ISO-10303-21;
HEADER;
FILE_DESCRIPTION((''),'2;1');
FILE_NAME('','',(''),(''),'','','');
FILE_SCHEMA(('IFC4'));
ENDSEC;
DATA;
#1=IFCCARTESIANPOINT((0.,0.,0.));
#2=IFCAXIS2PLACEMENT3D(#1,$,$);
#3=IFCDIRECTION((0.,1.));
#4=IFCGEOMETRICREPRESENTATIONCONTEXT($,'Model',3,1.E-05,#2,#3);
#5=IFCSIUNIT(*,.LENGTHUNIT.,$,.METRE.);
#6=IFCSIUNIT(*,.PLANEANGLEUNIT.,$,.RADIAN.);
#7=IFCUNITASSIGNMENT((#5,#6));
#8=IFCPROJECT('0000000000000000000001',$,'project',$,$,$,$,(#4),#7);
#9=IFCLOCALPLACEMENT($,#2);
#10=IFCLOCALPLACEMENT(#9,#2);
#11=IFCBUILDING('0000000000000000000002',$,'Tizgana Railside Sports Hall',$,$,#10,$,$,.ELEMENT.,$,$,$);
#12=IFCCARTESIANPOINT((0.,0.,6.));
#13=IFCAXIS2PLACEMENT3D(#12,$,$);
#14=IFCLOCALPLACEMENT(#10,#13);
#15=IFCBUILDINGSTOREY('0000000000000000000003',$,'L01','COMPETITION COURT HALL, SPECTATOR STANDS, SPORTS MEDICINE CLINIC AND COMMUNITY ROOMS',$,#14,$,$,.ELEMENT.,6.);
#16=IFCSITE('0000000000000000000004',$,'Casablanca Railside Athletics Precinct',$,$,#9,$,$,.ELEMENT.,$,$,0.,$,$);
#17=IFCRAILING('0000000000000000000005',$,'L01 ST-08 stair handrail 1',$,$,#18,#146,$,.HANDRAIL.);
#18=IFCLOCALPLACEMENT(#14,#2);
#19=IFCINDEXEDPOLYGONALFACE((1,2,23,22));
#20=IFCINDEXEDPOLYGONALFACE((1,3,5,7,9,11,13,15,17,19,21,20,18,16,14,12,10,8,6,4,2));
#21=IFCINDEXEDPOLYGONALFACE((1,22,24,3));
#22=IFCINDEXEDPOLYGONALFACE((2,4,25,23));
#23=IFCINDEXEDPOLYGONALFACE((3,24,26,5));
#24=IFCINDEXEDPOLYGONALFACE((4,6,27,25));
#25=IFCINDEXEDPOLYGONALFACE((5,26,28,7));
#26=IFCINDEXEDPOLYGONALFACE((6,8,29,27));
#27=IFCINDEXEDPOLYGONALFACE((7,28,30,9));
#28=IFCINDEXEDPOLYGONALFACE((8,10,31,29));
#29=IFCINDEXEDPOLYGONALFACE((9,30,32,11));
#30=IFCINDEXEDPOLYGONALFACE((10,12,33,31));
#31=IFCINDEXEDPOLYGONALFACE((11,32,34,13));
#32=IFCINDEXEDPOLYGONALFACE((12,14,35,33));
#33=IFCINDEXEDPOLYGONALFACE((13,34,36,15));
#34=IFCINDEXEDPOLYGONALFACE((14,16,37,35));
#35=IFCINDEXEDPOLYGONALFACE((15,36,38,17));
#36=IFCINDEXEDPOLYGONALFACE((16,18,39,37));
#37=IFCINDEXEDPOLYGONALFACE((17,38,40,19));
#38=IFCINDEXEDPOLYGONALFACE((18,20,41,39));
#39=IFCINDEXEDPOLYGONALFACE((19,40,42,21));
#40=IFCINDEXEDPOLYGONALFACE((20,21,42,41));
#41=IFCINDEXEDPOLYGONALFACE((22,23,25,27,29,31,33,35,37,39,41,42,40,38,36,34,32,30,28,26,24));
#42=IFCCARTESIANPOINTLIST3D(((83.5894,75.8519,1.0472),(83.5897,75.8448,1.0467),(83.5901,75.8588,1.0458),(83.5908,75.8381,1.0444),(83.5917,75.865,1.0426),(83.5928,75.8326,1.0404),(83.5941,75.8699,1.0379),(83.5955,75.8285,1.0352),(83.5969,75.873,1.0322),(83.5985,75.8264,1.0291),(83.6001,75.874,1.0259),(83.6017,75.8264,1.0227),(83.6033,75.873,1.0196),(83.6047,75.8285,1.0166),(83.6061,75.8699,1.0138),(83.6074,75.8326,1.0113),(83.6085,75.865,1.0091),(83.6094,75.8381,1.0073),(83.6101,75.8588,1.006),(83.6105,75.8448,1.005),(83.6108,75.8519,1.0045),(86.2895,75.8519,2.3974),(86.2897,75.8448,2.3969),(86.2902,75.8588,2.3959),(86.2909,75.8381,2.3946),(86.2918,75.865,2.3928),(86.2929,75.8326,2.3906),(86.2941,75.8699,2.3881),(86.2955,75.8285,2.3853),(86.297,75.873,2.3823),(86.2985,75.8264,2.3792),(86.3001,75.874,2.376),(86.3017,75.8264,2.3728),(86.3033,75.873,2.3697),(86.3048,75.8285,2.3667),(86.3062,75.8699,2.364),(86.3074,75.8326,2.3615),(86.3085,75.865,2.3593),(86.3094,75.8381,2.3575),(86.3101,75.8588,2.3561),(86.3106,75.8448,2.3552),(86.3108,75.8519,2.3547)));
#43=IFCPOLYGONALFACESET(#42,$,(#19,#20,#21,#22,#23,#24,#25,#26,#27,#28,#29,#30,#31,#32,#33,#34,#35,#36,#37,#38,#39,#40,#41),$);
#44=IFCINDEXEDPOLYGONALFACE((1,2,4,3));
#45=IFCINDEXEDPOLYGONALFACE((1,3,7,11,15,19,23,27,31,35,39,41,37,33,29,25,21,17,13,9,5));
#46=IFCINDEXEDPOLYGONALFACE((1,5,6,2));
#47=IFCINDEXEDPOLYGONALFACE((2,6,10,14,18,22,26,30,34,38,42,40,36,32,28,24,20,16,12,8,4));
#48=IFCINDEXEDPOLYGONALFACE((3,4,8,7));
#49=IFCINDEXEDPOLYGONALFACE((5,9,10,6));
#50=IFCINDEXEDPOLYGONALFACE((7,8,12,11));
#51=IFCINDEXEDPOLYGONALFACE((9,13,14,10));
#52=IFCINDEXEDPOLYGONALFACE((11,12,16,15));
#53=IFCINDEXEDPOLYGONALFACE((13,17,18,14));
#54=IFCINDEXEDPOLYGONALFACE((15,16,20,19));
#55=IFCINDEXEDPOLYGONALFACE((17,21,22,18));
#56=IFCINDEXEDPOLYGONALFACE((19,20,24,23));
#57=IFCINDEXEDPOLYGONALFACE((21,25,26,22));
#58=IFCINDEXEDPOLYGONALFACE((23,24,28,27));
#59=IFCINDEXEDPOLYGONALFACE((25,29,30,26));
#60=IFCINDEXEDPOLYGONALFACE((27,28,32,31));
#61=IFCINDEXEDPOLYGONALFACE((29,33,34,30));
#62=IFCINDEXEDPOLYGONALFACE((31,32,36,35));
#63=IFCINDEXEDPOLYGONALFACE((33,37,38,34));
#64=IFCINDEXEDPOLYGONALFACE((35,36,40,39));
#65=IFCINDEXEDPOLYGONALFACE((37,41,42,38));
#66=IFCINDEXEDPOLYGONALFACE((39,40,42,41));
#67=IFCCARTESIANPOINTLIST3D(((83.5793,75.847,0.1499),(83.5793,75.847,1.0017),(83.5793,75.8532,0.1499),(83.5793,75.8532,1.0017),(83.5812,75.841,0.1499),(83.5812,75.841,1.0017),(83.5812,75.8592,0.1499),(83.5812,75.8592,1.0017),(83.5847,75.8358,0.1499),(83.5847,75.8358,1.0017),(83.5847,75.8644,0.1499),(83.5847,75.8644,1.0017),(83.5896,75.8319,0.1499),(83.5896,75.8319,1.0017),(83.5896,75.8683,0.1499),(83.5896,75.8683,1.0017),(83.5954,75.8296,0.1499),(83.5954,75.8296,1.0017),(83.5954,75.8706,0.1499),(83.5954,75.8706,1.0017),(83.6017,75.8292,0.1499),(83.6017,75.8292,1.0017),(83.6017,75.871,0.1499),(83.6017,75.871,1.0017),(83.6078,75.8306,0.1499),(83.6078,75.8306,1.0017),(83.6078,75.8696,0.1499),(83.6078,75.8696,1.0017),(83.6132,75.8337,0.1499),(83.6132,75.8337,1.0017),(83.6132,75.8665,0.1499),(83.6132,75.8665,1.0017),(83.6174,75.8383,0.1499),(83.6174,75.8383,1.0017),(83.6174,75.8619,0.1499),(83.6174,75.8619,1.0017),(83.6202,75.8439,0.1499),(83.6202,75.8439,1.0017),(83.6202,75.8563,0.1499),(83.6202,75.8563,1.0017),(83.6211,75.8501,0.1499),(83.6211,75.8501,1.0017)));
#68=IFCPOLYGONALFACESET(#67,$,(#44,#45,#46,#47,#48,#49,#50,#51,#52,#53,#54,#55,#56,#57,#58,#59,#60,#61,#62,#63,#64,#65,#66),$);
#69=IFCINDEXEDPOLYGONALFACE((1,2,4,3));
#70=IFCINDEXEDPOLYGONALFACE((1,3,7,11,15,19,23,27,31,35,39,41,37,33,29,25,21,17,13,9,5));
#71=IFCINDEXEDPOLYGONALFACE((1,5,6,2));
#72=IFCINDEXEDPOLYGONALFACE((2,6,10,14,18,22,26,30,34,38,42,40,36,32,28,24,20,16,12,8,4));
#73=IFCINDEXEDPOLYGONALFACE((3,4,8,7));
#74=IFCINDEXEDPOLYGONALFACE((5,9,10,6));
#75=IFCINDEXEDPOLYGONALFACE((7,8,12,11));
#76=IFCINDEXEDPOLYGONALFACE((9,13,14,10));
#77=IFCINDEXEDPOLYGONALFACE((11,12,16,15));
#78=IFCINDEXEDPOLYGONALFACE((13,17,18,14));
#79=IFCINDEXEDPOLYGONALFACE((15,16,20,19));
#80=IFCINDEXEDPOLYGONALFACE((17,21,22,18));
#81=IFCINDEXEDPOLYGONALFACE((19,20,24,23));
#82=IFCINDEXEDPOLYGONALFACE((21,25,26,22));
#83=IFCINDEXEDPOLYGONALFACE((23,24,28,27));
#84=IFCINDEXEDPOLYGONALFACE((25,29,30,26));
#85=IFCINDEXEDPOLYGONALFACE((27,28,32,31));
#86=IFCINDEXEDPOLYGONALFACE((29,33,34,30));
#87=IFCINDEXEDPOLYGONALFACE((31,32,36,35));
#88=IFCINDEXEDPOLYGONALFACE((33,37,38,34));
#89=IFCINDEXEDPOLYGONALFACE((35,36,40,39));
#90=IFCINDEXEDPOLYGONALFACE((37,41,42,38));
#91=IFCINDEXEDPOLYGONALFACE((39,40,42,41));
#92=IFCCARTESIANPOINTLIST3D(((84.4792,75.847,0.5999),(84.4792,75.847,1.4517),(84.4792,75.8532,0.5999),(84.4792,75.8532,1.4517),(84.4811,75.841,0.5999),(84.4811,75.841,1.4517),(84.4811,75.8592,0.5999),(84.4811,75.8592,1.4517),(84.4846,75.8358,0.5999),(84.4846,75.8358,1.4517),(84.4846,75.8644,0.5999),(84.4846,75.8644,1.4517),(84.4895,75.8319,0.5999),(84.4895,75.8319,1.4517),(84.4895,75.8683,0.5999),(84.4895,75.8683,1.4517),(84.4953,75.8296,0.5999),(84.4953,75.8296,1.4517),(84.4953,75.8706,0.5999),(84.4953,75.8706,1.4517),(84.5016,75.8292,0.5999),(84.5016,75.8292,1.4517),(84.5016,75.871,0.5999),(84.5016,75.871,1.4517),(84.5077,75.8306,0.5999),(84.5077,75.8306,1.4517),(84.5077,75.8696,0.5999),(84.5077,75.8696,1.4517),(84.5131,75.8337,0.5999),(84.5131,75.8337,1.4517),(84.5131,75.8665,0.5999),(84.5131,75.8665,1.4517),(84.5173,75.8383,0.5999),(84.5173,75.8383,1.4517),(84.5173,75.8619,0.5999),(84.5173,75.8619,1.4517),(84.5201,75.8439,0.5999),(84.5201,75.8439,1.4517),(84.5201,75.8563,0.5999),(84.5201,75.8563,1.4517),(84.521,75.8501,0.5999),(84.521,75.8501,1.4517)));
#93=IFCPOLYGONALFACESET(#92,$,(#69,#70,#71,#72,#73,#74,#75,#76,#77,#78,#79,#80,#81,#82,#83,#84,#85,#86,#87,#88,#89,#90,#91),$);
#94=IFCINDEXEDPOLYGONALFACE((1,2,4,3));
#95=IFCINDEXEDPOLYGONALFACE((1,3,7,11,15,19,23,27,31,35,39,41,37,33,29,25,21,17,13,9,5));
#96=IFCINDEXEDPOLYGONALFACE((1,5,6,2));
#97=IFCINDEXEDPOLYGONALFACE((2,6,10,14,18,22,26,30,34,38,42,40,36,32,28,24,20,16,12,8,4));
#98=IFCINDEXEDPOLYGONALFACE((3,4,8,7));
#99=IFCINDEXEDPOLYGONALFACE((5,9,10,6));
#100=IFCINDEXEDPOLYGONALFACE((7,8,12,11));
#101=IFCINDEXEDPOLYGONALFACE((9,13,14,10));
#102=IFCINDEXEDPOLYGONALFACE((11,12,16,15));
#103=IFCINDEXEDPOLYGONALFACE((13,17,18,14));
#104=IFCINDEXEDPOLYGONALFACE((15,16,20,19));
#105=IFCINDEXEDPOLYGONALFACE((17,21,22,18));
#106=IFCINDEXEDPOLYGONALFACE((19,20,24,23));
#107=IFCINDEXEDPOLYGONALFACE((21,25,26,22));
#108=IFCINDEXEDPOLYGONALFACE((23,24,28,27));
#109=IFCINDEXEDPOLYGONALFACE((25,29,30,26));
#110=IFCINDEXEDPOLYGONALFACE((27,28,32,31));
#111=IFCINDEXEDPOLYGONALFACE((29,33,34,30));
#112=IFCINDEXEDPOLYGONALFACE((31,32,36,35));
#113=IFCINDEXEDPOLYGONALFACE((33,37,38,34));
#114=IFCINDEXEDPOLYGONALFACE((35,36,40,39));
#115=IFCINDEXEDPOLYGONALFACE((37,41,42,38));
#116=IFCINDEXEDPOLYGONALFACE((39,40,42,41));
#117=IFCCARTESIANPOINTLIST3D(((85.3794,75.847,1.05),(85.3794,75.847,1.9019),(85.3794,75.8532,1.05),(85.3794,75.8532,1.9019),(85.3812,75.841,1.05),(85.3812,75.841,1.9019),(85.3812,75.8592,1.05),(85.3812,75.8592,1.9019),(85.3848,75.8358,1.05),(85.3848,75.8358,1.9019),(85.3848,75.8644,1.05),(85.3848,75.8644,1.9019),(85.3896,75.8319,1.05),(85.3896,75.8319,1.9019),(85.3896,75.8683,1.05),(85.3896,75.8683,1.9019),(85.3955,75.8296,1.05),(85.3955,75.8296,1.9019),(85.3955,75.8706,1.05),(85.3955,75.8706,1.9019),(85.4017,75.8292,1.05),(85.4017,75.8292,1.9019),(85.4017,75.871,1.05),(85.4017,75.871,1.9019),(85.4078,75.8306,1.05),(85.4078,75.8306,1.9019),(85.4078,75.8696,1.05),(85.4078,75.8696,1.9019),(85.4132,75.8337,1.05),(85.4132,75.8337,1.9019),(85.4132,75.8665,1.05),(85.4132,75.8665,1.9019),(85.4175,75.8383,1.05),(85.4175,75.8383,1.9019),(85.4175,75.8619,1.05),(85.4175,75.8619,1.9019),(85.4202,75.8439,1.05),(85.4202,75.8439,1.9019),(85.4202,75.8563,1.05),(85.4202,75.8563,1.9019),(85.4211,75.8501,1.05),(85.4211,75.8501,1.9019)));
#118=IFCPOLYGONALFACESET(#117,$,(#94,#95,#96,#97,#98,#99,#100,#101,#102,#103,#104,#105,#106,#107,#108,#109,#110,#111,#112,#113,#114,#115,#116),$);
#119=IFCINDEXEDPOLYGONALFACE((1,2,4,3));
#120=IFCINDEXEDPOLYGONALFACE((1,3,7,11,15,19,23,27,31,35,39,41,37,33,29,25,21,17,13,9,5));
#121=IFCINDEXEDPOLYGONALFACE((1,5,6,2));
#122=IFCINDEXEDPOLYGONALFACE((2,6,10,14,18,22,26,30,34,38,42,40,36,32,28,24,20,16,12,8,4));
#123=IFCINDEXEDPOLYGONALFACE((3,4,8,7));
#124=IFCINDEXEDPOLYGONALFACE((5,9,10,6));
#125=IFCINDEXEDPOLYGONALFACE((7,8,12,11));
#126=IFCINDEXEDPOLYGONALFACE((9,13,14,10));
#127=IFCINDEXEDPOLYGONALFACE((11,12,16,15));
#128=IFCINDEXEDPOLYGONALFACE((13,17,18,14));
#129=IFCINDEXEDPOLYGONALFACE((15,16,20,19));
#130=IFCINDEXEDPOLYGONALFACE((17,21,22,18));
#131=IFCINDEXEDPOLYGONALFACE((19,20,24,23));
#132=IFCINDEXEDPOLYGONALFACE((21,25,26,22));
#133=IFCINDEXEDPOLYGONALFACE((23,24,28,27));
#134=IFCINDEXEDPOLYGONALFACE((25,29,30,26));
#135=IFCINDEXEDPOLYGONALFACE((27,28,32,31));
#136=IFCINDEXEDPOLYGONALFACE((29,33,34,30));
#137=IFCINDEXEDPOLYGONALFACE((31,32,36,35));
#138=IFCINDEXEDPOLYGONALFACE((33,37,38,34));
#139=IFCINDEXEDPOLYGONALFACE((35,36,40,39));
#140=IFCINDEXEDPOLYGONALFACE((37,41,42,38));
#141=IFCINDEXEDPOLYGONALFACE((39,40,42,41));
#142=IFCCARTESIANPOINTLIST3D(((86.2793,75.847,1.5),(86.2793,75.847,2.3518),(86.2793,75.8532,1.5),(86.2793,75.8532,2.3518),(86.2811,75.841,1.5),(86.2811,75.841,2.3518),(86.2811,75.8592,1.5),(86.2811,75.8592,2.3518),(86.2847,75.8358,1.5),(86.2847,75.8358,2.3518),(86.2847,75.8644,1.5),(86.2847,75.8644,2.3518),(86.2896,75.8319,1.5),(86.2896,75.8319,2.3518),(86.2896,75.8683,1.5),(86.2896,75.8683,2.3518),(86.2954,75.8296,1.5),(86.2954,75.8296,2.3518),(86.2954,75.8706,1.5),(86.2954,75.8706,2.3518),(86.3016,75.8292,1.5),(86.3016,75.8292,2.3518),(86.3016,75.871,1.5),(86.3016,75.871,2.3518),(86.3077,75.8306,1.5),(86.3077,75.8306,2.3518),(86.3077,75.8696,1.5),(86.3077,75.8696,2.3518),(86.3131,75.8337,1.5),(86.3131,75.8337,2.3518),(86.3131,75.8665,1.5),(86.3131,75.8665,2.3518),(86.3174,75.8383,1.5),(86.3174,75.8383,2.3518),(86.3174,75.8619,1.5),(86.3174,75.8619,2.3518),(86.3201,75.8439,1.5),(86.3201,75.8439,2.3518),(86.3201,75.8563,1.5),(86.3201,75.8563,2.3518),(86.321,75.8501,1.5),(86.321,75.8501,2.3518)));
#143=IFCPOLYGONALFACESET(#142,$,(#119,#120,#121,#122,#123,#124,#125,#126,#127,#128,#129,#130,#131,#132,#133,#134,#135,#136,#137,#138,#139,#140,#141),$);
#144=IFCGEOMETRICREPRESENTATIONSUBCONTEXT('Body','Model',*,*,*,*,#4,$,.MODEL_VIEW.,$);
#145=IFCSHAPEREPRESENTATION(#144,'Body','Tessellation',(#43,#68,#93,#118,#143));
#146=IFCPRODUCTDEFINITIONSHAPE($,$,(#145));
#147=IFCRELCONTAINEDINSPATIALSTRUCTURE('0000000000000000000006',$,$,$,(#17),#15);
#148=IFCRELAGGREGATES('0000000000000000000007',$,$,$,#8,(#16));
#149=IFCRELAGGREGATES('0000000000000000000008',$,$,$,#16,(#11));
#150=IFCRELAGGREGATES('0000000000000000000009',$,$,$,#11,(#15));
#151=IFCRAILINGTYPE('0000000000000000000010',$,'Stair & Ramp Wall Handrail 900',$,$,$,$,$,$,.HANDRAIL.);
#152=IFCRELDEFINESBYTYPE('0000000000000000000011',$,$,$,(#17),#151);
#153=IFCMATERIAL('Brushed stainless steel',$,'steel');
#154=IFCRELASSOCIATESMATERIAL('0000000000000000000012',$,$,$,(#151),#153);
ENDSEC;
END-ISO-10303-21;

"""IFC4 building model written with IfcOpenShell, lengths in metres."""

from ifc_helpers import new_model, si_unit, direction, frame, origin, origin_2d, place, context, subcontext, project, spatial, circle, extrude, material, type_object, element, save


model = new_model("IFC4")

# Units and contexts
model_context = context("Model", 3, precision=1e-05, world=origin(), true_north=direction((0.0, 1.0)))
body_context = subcontext(model_context, "Body", "Model", "MODEL_VIEW")
ifc_project = project(units=[si_unit("LENGTHUNIT", "METRE"), si_unit("PLANEANGLEUNIT", "RADIAN")], contexts=[model_context])

# Site, building, storey
site_placement = place(None, origin())
site = spatial("IfcSite", under=ifc_project, at=site_placement, Name="Casablanca Railside Athletics Precinct", CompositionType="ELEMENT", RefElevation=0.0)
building_placement = place(site_placement, origin())
building = spatial("IfcBuilding", under=site, at=building_placement, Name="Tizgana Railside Sports Hall", CompositionType="ELEMENT")
storey_placement = place(building_placement, frame((0.0, 0.0, 6.0)))
storey = spatial("IfcBuildingStorey", under=building, at=storey_placement, Name="L01", Description="COMPETITION COURT HALL, SPECTATOR STANDS, SPORTS MEDICINE CLINIC AND COMMUNITY ROOMS", CompositionType="ELEMENT", Elevation=6.0)

# Railing
ifc_material_1 = material(Name="Brushed stainless steel", Category="steel")
railing_type_1 = type_object("IfcRailingType", Name="Stair & Ramp Wall Handrail 900", PredefinedType="HANDRAIL", material=ifc_material_1)
railing_placement = place(storey_placement, frame((83.6001, 75.8501, 0.1499)))
element("IfcRailing", 1, at=railing_placement, inside=storey, type_object=railing_type_1, Name="L01 ST-08 stair handrail 1", PredefinedType="HANDRAIL", context=body_context, shape_type="SweptSolid", body=[
    extrude(circle(Radius=0.0239, at=origin_2d()), frame((0.0, 0.0, 0.876), z_axis=(0.894411, 0.0, 0.447246), x_axis=(0.0, 1.0, 0.0)), (0.0, 0.0, 1.0), 3.0188),
    extrude(circle(Radius=0.021, at=origin_2d()), origin(), (0.0, 0.0, 1.0), 0.8518),
    extrude(circle(Radius=0.021, at=origin_2d()), frame((0.8999, 0.0, 0.45)), (0.0, 0.0, 1.0), 0.8518),
    extrude(circle(Radius=0.021, at=origin_2d()), frame((1.8, 0.0, 0.9001)), (0.0, 0.0, 1.0), 0.8518),
    extrude(circle(Radius=0.021, at=origin_2d()), frame((2.7, 0.0, 1.3501)), (0.0, 0.0, 1.0), 0.8518),
])

save(model, "model.ifc")
